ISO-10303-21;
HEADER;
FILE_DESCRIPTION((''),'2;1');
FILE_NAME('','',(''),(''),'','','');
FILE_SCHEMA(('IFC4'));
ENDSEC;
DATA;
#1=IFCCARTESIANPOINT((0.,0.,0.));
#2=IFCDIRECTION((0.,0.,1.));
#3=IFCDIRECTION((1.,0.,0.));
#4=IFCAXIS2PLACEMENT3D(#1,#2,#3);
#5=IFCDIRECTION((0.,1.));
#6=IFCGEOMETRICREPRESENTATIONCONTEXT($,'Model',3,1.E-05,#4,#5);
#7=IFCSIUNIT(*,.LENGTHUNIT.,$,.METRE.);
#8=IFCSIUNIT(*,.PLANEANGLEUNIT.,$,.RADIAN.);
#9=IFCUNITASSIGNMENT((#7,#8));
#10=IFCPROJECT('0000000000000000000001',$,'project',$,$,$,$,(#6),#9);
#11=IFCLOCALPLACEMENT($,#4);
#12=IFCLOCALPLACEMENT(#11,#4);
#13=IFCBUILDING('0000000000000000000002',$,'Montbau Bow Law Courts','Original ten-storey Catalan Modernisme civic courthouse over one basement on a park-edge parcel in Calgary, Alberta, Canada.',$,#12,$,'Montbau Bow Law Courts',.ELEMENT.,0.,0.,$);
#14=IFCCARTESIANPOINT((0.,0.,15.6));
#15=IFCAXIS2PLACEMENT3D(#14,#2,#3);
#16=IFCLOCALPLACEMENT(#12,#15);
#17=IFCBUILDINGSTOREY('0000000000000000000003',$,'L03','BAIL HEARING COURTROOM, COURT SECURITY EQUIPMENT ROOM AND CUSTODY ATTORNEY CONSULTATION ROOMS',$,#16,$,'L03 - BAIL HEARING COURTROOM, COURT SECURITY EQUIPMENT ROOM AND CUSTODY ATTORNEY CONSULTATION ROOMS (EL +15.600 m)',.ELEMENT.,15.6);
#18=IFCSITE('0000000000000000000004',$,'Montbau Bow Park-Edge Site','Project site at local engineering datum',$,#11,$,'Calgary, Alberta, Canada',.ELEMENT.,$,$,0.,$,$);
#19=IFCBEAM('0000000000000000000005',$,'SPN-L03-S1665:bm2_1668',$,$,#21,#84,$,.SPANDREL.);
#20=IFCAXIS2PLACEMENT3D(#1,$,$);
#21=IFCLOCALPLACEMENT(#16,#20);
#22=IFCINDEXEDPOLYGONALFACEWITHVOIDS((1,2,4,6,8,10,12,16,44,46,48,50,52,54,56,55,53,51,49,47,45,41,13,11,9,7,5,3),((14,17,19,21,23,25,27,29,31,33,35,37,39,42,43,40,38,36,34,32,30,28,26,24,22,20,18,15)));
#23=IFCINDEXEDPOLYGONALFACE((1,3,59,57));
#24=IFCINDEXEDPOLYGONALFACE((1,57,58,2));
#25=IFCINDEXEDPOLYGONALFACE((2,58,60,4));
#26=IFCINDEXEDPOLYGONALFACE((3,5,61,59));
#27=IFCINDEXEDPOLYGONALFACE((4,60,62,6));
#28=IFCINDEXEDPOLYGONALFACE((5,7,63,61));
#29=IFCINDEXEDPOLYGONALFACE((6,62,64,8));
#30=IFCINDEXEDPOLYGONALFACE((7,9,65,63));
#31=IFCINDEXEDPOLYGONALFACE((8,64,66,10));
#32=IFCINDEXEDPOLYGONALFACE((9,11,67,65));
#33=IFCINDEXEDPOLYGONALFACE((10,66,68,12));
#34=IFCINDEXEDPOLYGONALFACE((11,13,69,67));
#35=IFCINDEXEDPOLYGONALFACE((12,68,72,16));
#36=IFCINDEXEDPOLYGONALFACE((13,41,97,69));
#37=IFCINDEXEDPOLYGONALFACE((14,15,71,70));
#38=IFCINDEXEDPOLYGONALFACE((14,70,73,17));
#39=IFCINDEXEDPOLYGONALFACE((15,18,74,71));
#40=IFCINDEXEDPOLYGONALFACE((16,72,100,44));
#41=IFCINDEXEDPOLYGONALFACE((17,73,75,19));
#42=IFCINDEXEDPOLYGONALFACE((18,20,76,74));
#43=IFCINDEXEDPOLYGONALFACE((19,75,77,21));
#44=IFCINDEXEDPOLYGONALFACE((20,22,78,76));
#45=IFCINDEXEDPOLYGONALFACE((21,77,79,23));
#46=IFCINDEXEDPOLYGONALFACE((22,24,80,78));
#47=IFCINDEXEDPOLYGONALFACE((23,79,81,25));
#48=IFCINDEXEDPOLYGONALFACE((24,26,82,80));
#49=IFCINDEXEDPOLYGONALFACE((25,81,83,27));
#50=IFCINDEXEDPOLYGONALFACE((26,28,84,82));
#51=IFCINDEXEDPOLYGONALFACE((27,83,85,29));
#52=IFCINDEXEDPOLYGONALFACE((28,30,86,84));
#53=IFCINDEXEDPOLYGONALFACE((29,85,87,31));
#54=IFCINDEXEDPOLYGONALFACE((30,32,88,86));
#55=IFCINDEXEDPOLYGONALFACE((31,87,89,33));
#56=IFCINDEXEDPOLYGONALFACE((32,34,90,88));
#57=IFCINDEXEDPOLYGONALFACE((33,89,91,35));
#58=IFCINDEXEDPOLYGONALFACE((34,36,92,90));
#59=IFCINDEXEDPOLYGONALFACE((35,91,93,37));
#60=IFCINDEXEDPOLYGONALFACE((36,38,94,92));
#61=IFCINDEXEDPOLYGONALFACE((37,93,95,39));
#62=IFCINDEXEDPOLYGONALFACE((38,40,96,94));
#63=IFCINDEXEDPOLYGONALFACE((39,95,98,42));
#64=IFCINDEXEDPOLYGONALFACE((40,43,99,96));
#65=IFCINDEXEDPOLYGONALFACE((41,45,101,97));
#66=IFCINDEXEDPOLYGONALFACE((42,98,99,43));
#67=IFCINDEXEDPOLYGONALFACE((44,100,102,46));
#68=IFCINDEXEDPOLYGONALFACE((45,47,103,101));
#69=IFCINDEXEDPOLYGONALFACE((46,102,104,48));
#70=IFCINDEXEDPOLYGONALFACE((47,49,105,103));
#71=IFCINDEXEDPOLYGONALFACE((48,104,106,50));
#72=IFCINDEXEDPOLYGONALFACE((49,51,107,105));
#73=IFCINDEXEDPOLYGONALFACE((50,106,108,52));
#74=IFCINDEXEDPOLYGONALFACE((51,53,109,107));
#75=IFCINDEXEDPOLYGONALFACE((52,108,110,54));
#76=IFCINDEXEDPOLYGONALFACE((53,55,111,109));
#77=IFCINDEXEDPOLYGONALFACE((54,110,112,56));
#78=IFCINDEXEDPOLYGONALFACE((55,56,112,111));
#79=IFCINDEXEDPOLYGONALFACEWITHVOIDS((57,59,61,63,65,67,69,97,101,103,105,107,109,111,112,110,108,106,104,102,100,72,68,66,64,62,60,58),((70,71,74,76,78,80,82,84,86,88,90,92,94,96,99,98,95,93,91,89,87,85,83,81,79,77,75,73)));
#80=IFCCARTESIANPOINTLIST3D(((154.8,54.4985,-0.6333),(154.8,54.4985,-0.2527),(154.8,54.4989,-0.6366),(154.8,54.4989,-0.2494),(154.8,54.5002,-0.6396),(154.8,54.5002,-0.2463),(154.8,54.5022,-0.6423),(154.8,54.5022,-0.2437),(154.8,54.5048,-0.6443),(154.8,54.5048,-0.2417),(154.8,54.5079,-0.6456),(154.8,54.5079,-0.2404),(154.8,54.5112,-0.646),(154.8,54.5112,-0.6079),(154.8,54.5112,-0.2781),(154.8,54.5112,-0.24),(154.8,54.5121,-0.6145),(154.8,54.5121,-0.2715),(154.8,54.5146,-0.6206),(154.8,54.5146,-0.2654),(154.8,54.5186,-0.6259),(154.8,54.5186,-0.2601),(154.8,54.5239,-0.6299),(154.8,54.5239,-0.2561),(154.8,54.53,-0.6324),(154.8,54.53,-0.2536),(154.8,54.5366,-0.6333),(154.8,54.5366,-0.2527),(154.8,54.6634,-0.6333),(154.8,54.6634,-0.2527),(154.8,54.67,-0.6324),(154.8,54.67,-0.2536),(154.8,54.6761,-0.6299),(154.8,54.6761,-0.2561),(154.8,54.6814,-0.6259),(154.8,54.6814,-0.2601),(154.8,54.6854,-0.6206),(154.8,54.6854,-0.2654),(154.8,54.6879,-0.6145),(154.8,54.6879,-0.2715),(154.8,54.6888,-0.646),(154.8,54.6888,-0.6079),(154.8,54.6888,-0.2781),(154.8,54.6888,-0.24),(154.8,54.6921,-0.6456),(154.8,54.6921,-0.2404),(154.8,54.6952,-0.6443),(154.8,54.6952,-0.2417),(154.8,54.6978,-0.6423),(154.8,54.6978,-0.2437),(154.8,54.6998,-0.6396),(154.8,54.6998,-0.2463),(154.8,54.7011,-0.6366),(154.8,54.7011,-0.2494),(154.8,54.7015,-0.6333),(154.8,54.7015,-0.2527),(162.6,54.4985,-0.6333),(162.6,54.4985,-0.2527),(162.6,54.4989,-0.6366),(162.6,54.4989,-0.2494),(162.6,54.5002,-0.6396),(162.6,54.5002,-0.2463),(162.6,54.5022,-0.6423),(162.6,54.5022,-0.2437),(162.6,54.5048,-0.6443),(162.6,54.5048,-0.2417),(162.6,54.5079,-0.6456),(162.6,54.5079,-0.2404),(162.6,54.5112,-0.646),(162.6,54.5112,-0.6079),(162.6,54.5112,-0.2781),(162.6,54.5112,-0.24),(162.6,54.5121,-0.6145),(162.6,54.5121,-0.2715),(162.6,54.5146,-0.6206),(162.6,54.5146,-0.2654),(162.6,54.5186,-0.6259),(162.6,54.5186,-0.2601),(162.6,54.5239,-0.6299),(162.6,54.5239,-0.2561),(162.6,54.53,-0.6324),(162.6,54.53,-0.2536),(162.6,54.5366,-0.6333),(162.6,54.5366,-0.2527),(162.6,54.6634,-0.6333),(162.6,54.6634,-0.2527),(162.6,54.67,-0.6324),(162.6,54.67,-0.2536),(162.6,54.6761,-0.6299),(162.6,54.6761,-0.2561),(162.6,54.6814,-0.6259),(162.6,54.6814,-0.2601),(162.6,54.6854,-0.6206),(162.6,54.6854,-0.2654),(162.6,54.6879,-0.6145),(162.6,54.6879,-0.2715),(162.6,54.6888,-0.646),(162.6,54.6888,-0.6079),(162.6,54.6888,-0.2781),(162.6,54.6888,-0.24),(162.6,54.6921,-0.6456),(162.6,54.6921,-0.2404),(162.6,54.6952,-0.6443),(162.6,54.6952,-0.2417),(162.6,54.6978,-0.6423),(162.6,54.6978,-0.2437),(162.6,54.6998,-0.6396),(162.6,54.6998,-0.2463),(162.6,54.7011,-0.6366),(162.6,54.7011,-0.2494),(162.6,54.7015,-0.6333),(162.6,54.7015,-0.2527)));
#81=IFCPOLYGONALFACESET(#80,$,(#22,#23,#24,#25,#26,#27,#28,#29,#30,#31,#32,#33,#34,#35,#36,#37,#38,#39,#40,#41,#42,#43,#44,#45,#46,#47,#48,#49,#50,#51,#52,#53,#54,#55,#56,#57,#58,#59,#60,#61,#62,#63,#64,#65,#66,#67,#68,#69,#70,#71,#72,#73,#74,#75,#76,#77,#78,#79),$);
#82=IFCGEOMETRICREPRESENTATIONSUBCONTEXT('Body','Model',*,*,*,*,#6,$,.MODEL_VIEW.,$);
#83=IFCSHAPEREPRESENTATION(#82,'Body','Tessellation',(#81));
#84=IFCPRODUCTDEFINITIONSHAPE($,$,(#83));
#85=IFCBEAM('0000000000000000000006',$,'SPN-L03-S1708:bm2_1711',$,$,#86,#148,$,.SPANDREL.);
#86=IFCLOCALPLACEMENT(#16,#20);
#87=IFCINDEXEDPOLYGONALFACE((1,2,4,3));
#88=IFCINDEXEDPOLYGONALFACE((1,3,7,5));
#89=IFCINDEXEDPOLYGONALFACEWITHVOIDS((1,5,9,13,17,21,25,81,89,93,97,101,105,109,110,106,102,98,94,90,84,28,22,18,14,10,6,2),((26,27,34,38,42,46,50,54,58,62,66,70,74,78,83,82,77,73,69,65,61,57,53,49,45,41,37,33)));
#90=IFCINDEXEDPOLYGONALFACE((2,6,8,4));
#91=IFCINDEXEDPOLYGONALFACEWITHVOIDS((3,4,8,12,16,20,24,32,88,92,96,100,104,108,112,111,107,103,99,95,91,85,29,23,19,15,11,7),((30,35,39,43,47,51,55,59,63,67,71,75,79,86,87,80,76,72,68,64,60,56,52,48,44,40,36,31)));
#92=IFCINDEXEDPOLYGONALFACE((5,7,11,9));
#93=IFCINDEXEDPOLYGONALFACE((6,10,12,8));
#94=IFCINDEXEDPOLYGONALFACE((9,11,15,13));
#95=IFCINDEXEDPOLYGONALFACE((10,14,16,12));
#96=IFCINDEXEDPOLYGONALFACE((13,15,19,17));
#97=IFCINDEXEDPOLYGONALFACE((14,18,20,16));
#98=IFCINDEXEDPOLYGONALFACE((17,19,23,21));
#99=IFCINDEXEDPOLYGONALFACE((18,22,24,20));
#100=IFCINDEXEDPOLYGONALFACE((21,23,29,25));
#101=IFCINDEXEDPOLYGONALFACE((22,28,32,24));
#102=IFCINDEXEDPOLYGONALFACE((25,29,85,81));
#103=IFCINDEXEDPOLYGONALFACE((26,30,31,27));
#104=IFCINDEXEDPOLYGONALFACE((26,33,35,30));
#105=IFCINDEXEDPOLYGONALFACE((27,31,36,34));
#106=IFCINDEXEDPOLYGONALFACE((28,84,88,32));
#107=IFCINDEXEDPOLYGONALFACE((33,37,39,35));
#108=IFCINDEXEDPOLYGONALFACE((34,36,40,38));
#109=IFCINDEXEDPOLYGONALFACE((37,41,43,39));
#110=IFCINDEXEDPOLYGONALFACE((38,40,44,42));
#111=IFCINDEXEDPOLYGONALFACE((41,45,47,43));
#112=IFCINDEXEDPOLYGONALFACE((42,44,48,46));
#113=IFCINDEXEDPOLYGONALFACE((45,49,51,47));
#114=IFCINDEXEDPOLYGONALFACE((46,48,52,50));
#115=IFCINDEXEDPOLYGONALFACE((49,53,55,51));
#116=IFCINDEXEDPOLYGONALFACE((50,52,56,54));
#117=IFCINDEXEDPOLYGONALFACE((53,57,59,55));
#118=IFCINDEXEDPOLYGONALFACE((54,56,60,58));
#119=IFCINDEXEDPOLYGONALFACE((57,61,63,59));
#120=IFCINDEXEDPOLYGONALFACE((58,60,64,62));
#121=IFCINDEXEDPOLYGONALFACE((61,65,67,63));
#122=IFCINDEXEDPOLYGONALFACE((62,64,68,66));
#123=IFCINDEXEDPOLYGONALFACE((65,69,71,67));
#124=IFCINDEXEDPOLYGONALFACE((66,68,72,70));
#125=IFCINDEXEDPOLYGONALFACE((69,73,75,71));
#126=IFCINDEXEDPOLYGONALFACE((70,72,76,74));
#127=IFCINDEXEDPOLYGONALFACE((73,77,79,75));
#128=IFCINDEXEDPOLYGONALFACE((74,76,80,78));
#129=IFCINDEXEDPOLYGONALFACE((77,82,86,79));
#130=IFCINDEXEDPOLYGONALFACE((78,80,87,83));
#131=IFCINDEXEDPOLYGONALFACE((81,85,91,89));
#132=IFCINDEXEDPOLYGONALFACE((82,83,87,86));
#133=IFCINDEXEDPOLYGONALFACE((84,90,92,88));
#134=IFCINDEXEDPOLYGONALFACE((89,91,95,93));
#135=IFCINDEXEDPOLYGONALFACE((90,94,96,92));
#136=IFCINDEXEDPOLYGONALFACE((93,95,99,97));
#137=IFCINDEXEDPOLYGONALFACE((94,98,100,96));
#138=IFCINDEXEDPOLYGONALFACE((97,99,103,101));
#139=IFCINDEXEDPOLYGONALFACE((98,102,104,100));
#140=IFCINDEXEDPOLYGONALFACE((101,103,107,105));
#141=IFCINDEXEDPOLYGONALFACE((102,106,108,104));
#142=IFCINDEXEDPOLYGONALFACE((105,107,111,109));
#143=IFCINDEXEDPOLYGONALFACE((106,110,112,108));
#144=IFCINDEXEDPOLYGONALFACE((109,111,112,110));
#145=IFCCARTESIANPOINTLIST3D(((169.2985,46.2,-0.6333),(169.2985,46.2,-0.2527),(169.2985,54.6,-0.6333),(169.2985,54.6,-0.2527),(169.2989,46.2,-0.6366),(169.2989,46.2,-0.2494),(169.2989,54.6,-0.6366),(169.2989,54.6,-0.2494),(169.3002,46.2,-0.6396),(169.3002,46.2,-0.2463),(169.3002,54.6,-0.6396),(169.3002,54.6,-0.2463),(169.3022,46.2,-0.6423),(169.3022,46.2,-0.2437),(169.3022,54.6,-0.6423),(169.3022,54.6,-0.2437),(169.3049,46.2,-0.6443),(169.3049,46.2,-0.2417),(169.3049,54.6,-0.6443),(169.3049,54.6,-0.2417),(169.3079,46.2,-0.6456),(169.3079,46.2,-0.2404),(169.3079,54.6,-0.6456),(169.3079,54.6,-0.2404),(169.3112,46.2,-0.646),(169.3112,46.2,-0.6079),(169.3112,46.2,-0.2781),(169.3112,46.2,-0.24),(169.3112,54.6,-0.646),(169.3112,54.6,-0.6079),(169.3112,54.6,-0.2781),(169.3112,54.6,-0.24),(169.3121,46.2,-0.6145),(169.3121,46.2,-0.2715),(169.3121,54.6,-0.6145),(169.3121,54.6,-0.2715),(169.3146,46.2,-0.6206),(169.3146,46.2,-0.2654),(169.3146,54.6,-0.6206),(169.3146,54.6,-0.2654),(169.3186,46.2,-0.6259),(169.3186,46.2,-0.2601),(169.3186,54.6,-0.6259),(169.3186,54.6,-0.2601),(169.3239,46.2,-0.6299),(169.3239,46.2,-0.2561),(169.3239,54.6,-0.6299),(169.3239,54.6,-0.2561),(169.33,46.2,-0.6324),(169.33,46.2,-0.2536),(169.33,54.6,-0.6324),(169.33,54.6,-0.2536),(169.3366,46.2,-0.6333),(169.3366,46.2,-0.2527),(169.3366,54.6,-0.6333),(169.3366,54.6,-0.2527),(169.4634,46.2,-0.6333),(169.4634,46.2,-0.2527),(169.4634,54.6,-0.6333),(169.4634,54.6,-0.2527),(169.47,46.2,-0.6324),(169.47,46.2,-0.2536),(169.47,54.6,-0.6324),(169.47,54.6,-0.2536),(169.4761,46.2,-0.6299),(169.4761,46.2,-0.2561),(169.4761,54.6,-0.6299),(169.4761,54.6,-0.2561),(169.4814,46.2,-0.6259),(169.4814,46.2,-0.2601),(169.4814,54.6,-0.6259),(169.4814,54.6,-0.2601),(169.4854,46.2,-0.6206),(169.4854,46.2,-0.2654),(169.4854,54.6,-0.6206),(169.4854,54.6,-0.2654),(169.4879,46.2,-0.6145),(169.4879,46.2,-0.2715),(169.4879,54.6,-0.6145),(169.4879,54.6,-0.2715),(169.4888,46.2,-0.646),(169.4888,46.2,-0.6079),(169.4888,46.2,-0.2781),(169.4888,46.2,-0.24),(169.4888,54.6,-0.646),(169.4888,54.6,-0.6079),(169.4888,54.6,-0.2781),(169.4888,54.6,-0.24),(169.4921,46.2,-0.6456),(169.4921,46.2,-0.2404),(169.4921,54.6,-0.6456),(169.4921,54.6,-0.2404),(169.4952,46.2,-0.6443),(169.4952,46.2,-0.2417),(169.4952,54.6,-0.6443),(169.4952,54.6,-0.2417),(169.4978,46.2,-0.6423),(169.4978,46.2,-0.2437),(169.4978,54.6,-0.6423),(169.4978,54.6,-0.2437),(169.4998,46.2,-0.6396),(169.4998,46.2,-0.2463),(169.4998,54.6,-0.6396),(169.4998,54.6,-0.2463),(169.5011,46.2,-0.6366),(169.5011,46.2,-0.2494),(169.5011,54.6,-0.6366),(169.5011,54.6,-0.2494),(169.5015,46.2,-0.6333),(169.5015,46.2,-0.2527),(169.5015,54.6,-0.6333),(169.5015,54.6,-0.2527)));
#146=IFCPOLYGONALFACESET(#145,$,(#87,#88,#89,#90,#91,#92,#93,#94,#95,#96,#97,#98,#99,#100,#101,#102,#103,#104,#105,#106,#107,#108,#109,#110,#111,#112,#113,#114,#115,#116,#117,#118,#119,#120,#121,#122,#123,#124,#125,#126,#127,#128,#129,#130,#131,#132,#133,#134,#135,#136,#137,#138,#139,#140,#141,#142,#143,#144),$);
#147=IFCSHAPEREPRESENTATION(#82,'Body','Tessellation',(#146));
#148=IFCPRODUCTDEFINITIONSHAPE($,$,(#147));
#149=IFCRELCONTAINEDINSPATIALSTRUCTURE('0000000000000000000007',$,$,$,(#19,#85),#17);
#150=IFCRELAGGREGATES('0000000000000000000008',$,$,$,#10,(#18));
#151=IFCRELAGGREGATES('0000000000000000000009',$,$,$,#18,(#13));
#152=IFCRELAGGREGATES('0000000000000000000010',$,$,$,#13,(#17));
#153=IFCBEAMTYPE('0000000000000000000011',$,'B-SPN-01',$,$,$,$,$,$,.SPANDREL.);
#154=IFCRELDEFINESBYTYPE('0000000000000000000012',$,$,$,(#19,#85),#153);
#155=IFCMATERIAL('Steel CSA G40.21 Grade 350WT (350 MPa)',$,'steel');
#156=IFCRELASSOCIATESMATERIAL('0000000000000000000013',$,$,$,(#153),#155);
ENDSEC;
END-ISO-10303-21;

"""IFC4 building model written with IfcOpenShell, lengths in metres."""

from ifc_helpers import new_model, si_unit, direction, frame, origin_with_axes, origin_2d_with_axis, place, context, subcontext, project, spatial, hollow_rectangle, extrude, material, material_profile, profile_set, type_object, element, save


model = new_model("IFC4")

# Units and contexts
model_context = context("Model", 3, precision=1e-05, world=origin_with_axes(), true_north=direction((0.0, 1.0)))
body_context = subcontext(model_context, "Body", "Model", "MODEL_VIEW")
ifc_project = project(units=[si_unit("LENGTHUNIT", "METRE"), si_unit("PLANEANGLEUNIT", "RADIAN")], contexts=[model_context])

# Site, building, storey
site_placement = place(None, origin_with_axes())
site = spatial("IfcSite", under=ifc_project, at=site_placement, Name="Montbau Bow Park-Edge Site", Description="Project site at local engineering datum", LongName="Calgary, Alberta, Canada", CompositionType="ELEMENT", RefElevation=0.0)
building_placement = place(site_placement, origin_with_axes())
building = spatial("IfcBuilding", under=site, at=building_placement, Name="Montbau Bow Law Courts", Description="Original ten-storey Catalan Modernisme civic courthouse over one basement on a park-edge parcel in Calgary, Alberta, Canada.", LongName="Montbau Bow Law Courts", CompositionType="ELEMENT", ElevationOfRefHeight=0.0, ElevationOfTerrain=0.0)
storey_placement = place(building_placement, frame((0.0, 0.0, 15.6), z_axis=(0.0, 0.0, 1.0), x_axis=(1.0, 0.0, 0.0)))
storey = spatial("IfcBuildingStorey", under=building, at=storey_placement, Name="L03", Description="BAIL HEARING COURTROOM, COURT SECURITY EQUIPMENT ROOM AND CUSTODY ATTORNEY CONSULTATION ROOMS", LongName="L03 - BAIL HEARING COURTROOM, COURT SECURITY EQUIPMENT ROOM AND CUSTODY ATTORNEY CONSULTATION ROOMS (EL +15.600 m)", CompositionType="ELEMENT", Elevation=15.6)

# Beams
ifc_material_1 = material(Name="Steel CSA G40.21 Grade 350WT (350 MPa)", Category="steel")
ifc_material_profile_1 = material_profile(ifc_material_1, hollow_rectangle(XDim=0.203, YDim=0.406, WallThickness=0.0127, InnerFilletRadius=0.0254, OuterFilletRadius=0.0127, at=origin_2d_with_axis()), Name="HSS406X203X13", Category="Main", Priority=0)
ifc_profile_set_1 = profile_set([ifc_material_profile_1], Name="Steel CSA G40.21 Grade 350WT (350 MPa)")
beam_type_1 = type_object("IfcBeamType", Name="B-SPN-01", PredefinedType="SPANDREL", material=ifc_profile_set_1)
beam_1_placement = place(None, frame((154.8, 54.6, 15.157), z_axis=(1.0, 0.0, 0.0), x_axis=(0.0, 1.0, 0.0)))
element("IfcBeam", 1, at=beam_1_placement, inside=storey, type_object=beam_type_1, Name="SPN-L03-S1665:bm2_1668", PredefinedType="SPANDREL", context=body_context, shape_type="SweptSolid", body=[
    extrude(hollow_rectangle(XDim=0.203, YDim=0.406, WallThickness=0.0127, InnerFilletRadius=0.0254, OuterFilletRadius=0.0127, at=origin_2d_with_axis()), origin_with_axes(), (0.0, 0.0, 1.0), 7.8),
])
beam_2_placement = place(None, frame((169.4, 46.2, 15.157), z_axis=(0.0, 1.0, 0.0), x_axis=(-1.0, 0.0, 0.0)))
element("IfcBeam", 2, at=beam_2_placement, inside=storey, type_object=beam_type_1, Name="SPN-L03-S1708:bm2_1711", PredefinedType="SPANDREL", context=body_context, shape_type="SweptSolid", body=[
    extrude(hollow_rectangle(XDim=0.203, YDim=0.406, WallThickness=0.0127, InnerFilletRadius=0.0254, OuterFilletRadius=0.0127, at=origin_2d_with_axis()), origin_with_axes(), (0.0, 0.0, 1.0), 8.4),
])

save(model, "model.ifc")
